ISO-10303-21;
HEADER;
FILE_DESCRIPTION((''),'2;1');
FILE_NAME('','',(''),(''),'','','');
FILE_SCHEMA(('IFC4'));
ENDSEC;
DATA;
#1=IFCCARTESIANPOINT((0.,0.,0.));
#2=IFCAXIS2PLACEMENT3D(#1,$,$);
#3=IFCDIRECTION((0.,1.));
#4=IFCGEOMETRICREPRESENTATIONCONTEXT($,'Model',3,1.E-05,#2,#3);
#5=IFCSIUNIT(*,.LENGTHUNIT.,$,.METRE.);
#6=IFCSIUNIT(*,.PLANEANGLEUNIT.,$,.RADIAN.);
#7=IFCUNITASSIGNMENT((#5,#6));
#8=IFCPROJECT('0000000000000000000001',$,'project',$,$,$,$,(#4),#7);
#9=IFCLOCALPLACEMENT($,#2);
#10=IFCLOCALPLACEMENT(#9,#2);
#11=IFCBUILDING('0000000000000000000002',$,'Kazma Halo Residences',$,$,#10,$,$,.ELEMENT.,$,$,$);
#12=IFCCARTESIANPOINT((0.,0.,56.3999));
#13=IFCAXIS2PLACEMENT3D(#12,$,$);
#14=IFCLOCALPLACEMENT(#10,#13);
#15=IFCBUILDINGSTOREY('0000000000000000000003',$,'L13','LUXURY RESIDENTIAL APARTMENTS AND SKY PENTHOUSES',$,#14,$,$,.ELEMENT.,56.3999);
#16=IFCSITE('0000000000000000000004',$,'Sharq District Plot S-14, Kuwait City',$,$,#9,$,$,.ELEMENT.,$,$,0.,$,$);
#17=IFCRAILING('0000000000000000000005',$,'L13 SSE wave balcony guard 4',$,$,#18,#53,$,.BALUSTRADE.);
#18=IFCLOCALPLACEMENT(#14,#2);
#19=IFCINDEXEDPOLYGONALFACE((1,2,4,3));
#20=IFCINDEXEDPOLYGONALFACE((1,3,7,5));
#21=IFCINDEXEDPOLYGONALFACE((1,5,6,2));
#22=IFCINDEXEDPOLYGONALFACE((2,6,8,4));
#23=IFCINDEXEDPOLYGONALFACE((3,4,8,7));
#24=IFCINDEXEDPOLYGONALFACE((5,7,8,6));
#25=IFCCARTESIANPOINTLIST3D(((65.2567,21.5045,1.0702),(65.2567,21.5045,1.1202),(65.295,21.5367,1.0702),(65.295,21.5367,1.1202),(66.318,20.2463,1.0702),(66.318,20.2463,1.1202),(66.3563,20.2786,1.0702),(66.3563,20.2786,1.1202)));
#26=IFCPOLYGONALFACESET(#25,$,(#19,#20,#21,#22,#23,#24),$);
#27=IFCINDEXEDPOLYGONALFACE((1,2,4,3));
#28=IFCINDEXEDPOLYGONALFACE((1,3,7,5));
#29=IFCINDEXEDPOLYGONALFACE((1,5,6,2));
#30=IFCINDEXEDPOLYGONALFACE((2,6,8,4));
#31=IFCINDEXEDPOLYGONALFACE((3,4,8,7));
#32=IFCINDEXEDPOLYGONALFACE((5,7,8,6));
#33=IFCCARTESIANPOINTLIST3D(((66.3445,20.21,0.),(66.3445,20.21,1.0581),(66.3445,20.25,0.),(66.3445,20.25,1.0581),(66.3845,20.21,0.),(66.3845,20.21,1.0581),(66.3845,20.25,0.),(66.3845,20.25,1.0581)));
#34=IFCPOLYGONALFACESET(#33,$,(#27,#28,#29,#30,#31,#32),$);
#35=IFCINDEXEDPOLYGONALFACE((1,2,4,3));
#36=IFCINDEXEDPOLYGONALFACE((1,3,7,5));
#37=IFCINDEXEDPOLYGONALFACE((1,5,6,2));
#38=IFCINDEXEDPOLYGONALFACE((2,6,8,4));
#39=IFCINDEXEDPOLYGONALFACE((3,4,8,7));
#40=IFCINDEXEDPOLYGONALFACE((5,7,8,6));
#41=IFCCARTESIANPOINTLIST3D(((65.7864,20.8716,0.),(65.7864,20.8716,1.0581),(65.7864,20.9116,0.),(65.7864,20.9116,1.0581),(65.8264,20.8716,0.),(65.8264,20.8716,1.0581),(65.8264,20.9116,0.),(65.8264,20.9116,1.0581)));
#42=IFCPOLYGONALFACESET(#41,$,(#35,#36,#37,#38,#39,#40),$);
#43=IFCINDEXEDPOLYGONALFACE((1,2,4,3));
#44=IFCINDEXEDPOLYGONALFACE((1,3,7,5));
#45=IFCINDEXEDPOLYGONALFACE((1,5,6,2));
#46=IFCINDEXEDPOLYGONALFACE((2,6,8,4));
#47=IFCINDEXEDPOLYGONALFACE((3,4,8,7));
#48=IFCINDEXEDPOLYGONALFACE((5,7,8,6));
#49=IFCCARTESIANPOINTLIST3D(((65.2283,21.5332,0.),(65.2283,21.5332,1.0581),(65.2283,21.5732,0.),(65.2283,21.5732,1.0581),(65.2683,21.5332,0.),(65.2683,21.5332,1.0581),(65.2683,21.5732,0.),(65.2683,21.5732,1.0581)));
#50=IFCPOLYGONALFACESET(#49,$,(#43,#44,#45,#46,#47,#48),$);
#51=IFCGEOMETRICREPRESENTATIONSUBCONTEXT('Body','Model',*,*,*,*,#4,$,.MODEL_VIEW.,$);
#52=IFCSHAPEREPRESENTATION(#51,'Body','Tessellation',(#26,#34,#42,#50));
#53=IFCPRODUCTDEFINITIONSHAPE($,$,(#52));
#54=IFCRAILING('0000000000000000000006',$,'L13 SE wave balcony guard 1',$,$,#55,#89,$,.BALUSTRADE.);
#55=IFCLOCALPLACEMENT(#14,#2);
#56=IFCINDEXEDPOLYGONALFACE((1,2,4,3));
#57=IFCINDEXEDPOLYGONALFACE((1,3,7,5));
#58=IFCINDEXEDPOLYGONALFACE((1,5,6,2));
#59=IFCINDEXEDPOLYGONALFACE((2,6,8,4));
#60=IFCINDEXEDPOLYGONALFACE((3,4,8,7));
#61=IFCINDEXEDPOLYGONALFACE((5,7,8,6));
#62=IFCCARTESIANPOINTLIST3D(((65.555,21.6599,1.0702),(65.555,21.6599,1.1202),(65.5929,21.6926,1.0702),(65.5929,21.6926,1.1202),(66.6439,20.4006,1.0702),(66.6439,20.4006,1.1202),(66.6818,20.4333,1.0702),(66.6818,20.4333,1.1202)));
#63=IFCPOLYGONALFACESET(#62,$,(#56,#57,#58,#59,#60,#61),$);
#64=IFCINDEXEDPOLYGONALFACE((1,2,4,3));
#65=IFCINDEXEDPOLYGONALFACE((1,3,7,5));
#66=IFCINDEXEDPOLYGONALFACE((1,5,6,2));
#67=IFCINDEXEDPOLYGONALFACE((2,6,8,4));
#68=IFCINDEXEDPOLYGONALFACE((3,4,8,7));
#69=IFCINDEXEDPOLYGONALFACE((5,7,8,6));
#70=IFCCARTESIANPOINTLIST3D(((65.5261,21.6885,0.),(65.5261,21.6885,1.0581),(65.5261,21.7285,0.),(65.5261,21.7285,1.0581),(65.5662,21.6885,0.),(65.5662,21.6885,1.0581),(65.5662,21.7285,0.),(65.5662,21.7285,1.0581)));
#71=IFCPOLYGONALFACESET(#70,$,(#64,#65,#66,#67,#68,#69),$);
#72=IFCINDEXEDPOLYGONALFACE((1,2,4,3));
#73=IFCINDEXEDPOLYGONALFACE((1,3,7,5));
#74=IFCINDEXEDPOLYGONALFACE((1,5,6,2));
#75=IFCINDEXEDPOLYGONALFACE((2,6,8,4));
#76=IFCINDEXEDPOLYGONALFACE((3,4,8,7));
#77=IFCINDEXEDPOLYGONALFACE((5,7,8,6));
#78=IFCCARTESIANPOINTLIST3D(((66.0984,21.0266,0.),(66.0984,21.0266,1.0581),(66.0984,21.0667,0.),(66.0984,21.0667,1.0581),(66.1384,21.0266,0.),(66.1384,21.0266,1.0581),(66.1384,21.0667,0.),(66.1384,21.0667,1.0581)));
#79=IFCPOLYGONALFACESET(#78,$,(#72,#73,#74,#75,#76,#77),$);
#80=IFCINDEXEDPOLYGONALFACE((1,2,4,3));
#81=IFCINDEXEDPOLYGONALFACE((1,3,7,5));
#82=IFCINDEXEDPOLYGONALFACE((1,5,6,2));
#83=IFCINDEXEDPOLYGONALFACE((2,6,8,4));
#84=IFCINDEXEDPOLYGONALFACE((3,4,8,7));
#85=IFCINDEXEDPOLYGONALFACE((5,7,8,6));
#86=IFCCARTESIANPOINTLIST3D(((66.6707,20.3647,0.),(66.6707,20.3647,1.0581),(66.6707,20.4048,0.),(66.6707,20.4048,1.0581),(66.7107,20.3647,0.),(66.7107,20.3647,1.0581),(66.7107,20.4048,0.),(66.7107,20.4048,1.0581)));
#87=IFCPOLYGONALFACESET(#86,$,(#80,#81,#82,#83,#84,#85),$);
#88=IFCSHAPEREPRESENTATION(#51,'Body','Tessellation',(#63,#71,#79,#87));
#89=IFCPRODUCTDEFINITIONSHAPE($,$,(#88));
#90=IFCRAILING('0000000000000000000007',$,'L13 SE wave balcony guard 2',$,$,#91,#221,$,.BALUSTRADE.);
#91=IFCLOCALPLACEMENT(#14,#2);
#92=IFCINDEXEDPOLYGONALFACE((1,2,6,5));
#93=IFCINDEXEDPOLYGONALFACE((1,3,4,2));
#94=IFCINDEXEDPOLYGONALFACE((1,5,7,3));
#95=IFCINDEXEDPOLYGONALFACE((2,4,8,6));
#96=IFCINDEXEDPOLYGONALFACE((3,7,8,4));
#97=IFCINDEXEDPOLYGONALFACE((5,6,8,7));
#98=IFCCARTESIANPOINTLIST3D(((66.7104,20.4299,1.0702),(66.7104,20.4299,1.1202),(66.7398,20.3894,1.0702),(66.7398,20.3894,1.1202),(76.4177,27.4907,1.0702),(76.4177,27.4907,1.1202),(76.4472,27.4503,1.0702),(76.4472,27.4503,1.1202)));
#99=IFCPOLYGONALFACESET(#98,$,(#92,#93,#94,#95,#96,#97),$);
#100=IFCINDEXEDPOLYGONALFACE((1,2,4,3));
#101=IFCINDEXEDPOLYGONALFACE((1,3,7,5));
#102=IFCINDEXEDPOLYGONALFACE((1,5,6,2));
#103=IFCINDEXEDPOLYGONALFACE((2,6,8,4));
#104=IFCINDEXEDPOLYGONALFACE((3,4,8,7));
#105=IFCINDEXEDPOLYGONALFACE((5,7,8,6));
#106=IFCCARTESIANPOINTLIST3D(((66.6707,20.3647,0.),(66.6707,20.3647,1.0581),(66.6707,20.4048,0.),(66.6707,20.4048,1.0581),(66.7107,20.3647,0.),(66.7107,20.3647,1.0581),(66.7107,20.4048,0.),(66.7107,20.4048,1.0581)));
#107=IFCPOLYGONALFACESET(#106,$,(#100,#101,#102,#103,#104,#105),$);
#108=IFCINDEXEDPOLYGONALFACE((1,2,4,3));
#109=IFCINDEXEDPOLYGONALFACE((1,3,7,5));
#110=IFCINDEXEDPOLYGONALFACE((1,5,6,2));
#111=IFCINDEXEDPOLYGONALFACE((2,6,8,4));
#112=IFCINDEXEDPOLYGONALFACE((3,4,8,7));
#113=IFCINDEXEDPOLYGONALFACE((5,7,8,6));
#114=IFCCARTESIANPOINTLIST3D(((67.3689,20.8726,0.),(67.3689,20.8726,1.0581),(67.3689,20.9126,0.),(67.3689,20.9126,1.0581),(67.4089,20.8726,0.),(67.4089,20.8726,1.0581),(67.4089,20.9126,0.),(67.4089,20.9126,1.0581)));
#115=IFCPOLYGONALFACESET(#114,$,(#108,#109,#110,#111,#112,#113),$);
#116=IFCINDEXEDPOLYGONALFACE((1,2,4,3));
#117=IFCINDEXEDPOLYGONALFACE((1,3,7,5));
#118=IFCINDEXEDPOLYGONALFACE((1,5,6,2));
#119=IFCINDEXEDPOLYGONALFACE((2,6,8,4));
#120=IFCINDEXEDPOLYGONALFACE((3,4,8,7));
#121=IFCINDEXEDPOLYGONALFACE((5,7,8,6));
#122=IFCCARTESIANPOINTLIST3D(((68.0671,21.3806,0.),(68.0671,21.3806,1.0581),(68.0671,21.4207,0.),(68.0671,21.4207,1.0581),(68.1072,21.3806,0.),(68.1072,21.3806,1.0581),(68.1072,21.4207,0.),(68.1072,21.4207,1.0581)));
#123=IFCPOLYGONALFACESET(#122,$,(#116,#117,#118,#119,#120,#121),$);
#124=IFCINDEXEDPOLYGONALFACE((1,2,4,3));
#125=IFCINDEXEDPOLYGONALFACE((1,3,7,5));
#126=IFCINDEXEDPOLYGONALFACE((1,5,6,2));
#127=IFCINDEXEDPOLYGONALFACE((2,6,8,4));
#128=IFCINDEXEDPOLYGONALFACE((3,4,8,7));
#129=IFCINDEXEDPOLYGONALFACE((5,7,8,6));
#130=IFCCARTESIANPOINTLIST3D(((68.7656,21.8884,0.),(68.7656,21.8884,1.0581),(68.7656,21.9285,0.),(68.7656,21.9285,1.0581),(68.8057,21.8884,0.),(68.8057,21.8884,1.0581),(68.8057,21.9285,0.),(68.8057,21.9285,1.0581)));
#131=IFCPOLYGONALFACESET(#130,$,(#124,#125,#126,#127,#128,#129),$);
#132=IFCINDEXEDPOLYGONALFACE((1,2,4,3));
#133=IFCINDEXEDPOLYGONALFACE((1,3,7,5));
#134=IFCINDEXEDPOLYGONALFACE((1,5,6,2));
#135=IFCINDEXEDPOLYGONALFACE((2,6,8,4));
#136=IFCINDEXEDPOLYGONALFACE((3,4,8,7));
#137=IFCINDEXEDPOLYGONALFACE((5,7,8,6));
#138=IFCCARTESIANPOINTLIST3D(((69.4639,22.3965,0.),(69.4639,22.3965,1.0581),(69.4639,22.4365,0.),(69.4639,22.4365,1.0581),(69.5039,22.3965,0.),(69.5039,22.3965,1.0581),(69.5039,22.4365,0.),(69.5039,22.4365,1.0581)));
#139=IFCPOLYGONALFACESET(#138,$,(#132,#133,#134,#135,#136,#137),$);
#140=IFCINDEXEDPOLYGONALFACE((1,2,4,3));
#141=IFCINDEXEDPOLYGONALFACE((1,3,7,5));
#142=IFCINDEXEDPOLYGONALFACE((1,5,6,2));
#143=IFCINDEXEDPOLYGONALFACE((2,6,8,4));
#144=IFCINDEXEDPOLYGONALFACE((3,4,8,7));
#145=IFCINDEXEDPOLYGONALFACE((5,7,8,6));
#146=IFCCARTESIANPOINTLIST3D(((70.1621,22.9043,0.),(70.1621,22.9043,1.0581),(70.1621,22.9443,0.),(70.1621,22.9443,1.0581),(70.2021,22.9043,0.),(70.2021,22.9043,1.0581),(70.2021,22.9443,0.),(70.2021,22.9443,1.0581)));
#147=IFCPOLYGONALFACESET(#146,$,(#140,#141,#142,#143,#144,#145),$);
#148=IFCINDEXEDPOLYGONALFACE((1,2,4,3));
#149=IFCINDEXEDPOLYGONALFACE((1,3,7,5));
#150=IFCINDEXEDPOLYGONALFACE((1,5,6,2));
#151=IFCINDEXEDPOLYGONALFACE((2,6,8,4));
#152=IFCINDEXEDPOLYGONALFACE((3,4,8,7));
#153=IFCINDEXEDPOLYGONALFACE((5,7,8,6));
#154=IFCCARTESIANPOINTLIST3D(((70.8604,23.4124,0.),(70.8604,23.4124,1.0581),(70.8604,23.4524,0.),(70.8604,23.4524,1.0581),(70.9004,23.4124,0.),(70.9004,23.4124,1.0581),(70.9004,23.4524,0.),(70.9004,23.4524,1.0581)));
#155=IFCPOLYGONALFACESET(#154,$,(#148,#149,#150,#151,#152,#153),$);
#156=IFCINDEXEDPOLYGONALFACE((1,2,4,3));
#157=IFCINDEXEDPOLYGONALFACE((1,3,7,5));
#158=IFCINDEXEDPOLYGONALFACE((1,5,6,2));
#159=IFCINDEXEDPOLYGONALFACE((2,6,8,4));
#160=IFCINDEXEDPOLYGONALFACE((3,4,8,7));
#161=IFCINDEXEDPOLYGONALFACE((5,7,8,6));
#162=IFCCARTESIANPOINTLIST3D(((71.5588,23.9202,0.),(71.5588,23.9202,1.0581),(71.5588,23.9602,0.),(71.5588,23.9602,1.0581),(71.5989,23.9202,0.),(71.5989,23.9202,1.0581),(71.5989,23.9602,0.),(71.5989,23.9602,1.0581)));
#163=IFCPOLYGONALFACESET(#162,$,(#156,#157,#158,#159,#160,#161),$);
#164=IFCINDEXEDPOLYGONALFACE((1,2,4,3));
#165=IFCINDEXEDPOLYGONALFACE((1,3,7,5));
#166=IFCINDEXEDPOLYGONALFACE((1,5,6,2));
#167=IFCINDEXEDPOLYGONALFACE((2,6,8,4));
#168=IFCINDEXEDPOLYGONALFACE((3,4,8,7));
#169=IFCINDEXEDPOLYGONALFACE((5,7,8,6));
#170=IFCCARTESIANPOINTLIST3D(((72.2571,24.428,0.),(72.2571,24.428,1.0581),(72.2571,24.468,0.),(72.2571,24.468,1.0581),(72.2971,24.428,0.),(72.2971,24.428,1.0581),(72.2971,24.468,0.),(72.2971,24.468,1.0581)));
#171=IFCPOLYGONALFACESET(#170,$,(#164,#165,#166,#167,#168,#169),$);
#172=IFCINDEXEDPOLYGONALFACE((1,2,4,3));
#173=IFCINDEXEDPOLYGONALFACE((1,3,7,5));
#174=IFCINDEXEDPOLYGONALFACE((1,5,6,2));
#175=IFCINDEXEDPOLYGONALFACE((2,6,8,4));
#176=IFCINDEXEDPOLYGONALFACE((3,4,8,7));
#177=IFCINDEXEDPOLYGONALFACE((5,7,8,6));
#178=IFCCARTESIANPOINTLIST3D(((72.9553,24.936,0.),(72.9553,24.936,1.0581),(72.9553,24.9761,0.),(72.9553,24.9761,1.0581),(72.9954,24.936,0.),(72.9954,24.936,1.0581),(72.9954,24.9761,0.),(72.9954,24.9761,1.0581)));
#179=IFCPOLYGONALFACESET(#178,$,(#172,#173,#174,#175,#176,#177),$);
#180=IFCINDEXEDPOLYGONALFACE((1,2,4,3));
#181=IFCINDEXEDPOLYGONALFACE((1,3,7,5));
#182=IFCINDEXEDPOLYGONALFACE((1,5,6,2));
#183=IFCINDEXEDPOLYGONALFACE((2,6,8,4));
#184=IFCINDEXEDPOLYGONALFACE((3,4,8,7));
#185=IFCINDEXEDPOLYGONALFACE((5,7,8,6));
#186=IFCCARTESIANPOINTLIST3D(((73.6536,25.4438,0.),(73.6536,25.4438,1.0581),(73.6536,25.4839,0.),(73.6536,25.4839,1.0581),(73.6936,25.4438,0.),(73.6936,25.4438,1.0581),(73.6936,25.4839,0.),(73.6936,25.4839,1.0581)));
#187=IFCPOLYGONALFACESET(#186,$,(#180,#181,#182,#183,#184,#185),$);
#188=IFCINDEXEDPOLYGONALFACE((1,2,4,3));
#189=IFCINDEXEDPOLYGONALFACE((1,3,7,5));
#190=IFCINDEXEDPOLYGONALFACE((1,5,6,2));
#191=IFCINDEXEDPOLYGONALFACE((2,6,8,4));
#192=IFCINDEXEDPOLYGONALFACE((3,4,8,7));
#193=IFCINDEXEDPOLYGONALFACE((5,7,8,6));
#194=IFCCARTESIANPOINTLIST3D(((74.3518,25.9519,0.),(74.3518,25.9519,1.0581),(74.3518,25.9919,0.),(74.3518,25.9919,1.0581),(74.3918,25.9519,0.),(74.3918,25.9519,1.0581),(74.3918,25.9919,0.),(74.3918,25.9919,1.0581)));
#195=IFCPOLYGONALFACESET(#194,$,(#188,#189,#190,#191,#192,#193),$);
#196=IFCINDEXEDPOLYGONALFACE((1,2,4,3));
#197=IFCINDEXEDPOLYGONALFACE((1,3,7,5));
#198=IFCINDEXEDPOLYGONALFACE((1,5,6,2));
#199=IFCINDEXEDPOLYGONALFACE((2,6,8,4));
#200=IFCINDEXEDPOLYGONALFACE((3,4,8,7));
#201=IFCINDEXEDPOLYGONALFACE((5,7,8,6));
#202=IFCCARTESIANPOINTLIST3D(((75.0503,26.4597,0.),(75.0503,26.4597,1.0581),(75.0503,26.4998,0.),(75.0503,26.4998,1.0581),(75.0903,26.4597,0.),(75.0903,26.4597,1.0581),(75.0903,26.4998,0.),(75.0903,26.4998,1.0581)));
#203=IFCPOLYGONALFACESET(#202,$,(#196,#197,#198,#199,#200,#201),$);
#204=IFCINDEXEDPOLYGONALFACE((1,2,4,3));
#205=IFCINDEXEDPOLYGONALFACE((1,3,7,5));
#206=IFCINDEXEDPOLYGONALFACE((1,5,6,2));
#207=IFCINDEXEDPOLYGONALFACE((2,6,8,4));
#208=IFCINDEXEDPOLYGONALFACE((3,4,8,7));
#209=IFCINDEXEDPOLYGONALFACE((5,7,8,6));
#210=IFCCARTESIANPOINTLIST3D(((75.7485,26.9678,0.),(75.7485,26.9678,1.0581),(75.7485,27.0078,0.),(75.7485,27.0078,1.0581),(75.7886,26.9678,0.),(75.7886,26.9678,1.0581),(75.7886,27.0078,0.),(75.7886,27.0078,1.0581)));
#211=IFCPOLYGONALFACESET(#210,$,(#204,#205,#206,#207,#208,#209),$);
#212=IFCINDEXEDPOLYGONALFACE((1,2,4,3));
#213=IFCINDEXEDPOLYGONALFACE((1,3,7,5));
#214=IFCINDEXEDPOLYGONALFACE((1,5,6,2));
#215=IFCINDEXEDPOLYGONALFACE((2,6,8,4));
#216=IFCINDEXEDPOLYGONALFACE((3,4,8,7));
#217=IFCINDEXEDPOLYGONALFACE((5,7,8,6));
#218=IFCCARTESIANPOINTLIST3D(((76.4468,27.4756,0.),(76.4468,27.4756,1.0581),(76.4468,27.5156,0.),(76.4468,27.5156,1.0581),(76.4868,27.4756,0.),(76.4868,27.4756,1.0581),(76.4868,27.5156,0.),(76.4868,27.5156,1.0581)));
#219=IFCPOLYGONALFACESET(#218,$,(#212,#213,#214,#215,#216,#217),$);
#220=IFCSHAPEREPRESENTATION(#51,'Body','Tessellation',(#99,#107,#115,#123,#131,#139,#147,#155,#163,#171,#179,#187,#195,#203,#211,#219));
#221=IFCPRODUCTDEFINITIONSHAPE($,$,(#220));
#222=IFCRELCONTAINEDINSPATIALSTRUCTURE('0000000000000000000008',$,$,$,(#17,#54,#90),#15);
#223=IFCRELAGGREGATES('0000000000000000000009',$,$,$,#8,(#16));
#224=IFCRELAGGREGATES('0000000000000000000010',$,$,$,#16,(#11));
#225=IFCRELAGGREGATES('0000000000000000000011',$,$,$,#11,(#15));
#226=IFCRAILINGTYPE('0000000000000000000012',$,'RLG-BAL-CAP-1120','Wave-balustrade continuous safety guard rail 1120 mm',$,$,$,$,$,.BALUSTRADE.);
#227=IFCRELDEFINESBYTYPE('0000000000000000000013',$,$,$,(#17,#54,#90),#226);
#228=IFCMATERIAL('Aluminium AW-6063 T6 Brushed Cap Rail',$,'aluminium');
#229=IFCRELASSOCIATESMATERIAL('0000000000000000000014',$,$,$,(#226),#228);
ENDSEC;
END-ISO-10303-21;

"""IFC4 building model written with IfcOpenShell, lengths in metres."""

from ifc_helpers import new_model, si_unit, direction, frame, origin, origin_2d, place, context, subcontext, project, spatial, rectangle, extrude, material, type_object, element, save


model = new_model("IFC4")

# Units and contexts
model_context = context("Model", 3, precision=1e-05, world=origin(), true_north=direction((0.0, 1.0)))
body_context = subcontext(model_context, "Body", "Model", "MODEL_VIEW")
ifc_project = project(units=[si_unit("LENGTHUNIT", "METRE"), si_unit("PLANEANGLEUNIT", "RADIAN")], contexts=[model_context])

# Site, building, storey
site_placement = place(None, origin())
site = spatial("IfcSite", under=ifc_project, at=site_placement, Name="Sharq District Plot S-14, Kuwait City", CompositionType="ELEMENT", RefElevation=0.0)
building_placement = place(site_placement, origin())
building = spatial("IfcBuilding", under=site, at=building_placement, Name="Kazma Halo Residences", CompositionType="ELEMENT")
storey_placement = place(building_placement, frame((0.0, 0.0, 56.3999)))
storey = spatial("IfcBuildingStorey", under=building, at=storey_placement, Name="L13", Description="LUXURY RESIDENTIAL APARTMENTS AND SKY PENTHOUSES", CompositionType="ELEMENT", Elevation=56.3999)

# Railings
ifc_material_1 = material(Name="Aluminium AW-6063 T6 Brushed Cap Rail", Category="aluminium")
railing_type = type_object("IfcRailingType", Name="RLG-BAL-CAP-1120", Description="Wave-balustrade continuous safety guard rail 1120 mm", PredefinedType="BALUSTRADE", material=ifc_material_1)
railing_1_placement = place(storey_placement, frame((66.3645, 20.23, 0.0)))
element("IfcRailing", 1, at=railing_1_placement, inside=storey, type_object=railing_type, Name="L13 SSE wave balcony guard 4", PredefinedType="BALUSTRADE", context=body_context, shape_type="SweptSolid", body=[
    extrude(rectangle(XDim=0.05, YDim=0.05, at=origin_2d()), frame((-0.0273, 0.0325, 1.0952), z_axis=(-0.644778, 0.76437, 0.0), x_axis=(-0.76437, -0.644778, 0.0)), (0.0, 0.0, 1.0), 1.646),
    extrude(rectangle(XDim=0.04, YDim=0.04, at=origin_2d()), origin(), (0.0, 0.0, 1.0), 1.0581),
    extrude(rectangle(XDim=0.04, YDim=0.04, at=origin_2d()), frame((-0.5581, 0.6616, 0.0)), (0.0, 0.0, 1.0), 1.0581),
    extrude(rectangle(XDim=0.04, YDim=0.04, at=origin_2d()), frame((-1.1162, 1.3232, 0.0)), (0.0, 0.0, 1.0), 1.0581),
])
railing_2_placement = place(storey_placement, frame((65.5461, 21.7085, 0.0)))
element("IfcRailing", 2, at=railing_2_placement, inside=storey, type_object=railing_type, Name="L13 SE wave balcony guard 1", PredefinedType="BALUSTRADE", context=body_context, shape_type="SweptSolid", body=[
    extrude(rectangle(XDim=0.05, YDim=0.05, at=origin_2d()), frame((0.0278, -0.0322, 1.0952), z_axis=(0.654048, -0.756453, 0.0), x_axis=(0.756453, 0.654048, 0.0)), (0.0, 0.0, 1.0), 1.6648),
    extrude(rectangle(XDim=0.04, YDim=0.04, at=origin_2d()), origin(), (0.0, 0.0, 1.0), 1.0581),
    extrude(rectangle(XDim=0.04, YDim=0.04, at=origin_2d()), frame((0.5723, -0.6619, 0.0)), (0.0, 0.0, 1.0), 1.0581),
    extrude(rectangle(XDim=0.04, YDim=0.04, at=origin_2d()), frame((1.1445, -1.3237, 0.0)), (0.0, 0.0, 1.0), 1.0581),
])
railing_3_placement = place(storey_placement, frame((66.6907, 20.3848, 0.0)))
element("IfcRailing", 3, at=railing_3_placement, inside=storey, type_object=railing_type, Name="L13 SE wave balcony guard 2", PredefinedType="BALUSTRADE", context=body_context, shape_type="SweptSolid", body=[
    extrude(rectangle(XDim=0.05, YDim=0.05, at=origin_2d()), frame((0.0344, 0.0249, 1.0952), z_axis=(0.808699, 0.588222, 0.0), x_axis=(-0.588222, 0.808699, 0.0)), (0.0, 0.0, 1.0), 12.0037),
    extrude(rectangle(XDim=0.04, YDim=0.04, at=origin_2d()), origin(), (0.0, 0.0, 1.0), 1.0581),
    extrude(rectangle(XDim=0.04, YDim=0.04, at=origin_2d()), frame((0.6982, 0.5078, 0.0)), (0.0, 0.0, 1.0), 1.0581),
    extrude(rectangle(XDim=0.04, YDim=0.04, at=origin_2d()), frame((1.3965, 1.0159, 0.0)), (0.0, 0.0, 1.0), 1.0581),
    extrude(rectangle(XDim=0.04, YDim=0.04, at=origin_2d()), frame((2.095, 1.5237, 0.0)), (0.0, 0.0, 1.0), 1.0581),
    extrude(rectangle(XDim=0.04, YDim=0.04, at=origin_2d()), frame((2.7932, 2.0317, 0.0)), (0.0, 0.0, 1.0), 1.0581),
    extrude(rectangle(XDim=0.04, YDim=0.04, at=origin_2d()), frame((3.4915, 2.5396, 0.0)), (0.0, 0.0, 1.0), 1.0581),
    extrude(rectangle(XDim=0.04, YDim=0.04, at=origin_2d()), frame((4.1897, 3.0476, 0.0)), (0.0, 0.0, 1.0), 1.0581),
    extrude(rectangle(XDim=0.04, YDim=0.04, at=origin_2d()), frame((4.8882, 3.5554, 0.0)), (0.0, 0.0, 1.0), 1.0581),
    extrude(rectangle(XDim=0.04, YDim=0.04, at=origin_2d()), frame((5.5864, 4.0632, 0.0)), (0.0, 0.0, 1.0), 1.0581),
    extrude(rectangle(XDim=0.04, YDim=0.04, at=origin_2d()), frame((6.2847, 4.5713, 0.0)), (0.0, 0.0, 1.0), 1.0581),
    extrude(rectangle(XDim=0.04, YDim=0.04, at=origin_2d()), frame((6.9829, 5.0791, 0.0)), (0.0, 0.0, 1.0), 1.0581),
    extrude(rectangle(XDim=0.04, YDim=0.04, at=origin_2d()), frame((7.6812, 5.5872, 0.0)), (0.0, 0.0, 1.0), 1.0581),
    extrude(rectangle(XDim=0.04, YDim=0.04, at=origin_2d()), frame((8.3796, 6.095, 0.0)), (0.0, 0.0, 1.0), 1.0581),
    extrude(rectangle(XDim=0.04, YDim=0.04, at=origin_2d()), frame((9.0779, 6.603, 0.0)), (0.0, 0.0, 1.0), 1.0581),
    extrude(rectangle(XDim=0.04, YDim=0.04, at=origin_2d()), frame((9.7761, 7.1108, 0.0)), (0.0, 0.0, 1.0), 1.0581),
])

save(model, "model.ifc")
